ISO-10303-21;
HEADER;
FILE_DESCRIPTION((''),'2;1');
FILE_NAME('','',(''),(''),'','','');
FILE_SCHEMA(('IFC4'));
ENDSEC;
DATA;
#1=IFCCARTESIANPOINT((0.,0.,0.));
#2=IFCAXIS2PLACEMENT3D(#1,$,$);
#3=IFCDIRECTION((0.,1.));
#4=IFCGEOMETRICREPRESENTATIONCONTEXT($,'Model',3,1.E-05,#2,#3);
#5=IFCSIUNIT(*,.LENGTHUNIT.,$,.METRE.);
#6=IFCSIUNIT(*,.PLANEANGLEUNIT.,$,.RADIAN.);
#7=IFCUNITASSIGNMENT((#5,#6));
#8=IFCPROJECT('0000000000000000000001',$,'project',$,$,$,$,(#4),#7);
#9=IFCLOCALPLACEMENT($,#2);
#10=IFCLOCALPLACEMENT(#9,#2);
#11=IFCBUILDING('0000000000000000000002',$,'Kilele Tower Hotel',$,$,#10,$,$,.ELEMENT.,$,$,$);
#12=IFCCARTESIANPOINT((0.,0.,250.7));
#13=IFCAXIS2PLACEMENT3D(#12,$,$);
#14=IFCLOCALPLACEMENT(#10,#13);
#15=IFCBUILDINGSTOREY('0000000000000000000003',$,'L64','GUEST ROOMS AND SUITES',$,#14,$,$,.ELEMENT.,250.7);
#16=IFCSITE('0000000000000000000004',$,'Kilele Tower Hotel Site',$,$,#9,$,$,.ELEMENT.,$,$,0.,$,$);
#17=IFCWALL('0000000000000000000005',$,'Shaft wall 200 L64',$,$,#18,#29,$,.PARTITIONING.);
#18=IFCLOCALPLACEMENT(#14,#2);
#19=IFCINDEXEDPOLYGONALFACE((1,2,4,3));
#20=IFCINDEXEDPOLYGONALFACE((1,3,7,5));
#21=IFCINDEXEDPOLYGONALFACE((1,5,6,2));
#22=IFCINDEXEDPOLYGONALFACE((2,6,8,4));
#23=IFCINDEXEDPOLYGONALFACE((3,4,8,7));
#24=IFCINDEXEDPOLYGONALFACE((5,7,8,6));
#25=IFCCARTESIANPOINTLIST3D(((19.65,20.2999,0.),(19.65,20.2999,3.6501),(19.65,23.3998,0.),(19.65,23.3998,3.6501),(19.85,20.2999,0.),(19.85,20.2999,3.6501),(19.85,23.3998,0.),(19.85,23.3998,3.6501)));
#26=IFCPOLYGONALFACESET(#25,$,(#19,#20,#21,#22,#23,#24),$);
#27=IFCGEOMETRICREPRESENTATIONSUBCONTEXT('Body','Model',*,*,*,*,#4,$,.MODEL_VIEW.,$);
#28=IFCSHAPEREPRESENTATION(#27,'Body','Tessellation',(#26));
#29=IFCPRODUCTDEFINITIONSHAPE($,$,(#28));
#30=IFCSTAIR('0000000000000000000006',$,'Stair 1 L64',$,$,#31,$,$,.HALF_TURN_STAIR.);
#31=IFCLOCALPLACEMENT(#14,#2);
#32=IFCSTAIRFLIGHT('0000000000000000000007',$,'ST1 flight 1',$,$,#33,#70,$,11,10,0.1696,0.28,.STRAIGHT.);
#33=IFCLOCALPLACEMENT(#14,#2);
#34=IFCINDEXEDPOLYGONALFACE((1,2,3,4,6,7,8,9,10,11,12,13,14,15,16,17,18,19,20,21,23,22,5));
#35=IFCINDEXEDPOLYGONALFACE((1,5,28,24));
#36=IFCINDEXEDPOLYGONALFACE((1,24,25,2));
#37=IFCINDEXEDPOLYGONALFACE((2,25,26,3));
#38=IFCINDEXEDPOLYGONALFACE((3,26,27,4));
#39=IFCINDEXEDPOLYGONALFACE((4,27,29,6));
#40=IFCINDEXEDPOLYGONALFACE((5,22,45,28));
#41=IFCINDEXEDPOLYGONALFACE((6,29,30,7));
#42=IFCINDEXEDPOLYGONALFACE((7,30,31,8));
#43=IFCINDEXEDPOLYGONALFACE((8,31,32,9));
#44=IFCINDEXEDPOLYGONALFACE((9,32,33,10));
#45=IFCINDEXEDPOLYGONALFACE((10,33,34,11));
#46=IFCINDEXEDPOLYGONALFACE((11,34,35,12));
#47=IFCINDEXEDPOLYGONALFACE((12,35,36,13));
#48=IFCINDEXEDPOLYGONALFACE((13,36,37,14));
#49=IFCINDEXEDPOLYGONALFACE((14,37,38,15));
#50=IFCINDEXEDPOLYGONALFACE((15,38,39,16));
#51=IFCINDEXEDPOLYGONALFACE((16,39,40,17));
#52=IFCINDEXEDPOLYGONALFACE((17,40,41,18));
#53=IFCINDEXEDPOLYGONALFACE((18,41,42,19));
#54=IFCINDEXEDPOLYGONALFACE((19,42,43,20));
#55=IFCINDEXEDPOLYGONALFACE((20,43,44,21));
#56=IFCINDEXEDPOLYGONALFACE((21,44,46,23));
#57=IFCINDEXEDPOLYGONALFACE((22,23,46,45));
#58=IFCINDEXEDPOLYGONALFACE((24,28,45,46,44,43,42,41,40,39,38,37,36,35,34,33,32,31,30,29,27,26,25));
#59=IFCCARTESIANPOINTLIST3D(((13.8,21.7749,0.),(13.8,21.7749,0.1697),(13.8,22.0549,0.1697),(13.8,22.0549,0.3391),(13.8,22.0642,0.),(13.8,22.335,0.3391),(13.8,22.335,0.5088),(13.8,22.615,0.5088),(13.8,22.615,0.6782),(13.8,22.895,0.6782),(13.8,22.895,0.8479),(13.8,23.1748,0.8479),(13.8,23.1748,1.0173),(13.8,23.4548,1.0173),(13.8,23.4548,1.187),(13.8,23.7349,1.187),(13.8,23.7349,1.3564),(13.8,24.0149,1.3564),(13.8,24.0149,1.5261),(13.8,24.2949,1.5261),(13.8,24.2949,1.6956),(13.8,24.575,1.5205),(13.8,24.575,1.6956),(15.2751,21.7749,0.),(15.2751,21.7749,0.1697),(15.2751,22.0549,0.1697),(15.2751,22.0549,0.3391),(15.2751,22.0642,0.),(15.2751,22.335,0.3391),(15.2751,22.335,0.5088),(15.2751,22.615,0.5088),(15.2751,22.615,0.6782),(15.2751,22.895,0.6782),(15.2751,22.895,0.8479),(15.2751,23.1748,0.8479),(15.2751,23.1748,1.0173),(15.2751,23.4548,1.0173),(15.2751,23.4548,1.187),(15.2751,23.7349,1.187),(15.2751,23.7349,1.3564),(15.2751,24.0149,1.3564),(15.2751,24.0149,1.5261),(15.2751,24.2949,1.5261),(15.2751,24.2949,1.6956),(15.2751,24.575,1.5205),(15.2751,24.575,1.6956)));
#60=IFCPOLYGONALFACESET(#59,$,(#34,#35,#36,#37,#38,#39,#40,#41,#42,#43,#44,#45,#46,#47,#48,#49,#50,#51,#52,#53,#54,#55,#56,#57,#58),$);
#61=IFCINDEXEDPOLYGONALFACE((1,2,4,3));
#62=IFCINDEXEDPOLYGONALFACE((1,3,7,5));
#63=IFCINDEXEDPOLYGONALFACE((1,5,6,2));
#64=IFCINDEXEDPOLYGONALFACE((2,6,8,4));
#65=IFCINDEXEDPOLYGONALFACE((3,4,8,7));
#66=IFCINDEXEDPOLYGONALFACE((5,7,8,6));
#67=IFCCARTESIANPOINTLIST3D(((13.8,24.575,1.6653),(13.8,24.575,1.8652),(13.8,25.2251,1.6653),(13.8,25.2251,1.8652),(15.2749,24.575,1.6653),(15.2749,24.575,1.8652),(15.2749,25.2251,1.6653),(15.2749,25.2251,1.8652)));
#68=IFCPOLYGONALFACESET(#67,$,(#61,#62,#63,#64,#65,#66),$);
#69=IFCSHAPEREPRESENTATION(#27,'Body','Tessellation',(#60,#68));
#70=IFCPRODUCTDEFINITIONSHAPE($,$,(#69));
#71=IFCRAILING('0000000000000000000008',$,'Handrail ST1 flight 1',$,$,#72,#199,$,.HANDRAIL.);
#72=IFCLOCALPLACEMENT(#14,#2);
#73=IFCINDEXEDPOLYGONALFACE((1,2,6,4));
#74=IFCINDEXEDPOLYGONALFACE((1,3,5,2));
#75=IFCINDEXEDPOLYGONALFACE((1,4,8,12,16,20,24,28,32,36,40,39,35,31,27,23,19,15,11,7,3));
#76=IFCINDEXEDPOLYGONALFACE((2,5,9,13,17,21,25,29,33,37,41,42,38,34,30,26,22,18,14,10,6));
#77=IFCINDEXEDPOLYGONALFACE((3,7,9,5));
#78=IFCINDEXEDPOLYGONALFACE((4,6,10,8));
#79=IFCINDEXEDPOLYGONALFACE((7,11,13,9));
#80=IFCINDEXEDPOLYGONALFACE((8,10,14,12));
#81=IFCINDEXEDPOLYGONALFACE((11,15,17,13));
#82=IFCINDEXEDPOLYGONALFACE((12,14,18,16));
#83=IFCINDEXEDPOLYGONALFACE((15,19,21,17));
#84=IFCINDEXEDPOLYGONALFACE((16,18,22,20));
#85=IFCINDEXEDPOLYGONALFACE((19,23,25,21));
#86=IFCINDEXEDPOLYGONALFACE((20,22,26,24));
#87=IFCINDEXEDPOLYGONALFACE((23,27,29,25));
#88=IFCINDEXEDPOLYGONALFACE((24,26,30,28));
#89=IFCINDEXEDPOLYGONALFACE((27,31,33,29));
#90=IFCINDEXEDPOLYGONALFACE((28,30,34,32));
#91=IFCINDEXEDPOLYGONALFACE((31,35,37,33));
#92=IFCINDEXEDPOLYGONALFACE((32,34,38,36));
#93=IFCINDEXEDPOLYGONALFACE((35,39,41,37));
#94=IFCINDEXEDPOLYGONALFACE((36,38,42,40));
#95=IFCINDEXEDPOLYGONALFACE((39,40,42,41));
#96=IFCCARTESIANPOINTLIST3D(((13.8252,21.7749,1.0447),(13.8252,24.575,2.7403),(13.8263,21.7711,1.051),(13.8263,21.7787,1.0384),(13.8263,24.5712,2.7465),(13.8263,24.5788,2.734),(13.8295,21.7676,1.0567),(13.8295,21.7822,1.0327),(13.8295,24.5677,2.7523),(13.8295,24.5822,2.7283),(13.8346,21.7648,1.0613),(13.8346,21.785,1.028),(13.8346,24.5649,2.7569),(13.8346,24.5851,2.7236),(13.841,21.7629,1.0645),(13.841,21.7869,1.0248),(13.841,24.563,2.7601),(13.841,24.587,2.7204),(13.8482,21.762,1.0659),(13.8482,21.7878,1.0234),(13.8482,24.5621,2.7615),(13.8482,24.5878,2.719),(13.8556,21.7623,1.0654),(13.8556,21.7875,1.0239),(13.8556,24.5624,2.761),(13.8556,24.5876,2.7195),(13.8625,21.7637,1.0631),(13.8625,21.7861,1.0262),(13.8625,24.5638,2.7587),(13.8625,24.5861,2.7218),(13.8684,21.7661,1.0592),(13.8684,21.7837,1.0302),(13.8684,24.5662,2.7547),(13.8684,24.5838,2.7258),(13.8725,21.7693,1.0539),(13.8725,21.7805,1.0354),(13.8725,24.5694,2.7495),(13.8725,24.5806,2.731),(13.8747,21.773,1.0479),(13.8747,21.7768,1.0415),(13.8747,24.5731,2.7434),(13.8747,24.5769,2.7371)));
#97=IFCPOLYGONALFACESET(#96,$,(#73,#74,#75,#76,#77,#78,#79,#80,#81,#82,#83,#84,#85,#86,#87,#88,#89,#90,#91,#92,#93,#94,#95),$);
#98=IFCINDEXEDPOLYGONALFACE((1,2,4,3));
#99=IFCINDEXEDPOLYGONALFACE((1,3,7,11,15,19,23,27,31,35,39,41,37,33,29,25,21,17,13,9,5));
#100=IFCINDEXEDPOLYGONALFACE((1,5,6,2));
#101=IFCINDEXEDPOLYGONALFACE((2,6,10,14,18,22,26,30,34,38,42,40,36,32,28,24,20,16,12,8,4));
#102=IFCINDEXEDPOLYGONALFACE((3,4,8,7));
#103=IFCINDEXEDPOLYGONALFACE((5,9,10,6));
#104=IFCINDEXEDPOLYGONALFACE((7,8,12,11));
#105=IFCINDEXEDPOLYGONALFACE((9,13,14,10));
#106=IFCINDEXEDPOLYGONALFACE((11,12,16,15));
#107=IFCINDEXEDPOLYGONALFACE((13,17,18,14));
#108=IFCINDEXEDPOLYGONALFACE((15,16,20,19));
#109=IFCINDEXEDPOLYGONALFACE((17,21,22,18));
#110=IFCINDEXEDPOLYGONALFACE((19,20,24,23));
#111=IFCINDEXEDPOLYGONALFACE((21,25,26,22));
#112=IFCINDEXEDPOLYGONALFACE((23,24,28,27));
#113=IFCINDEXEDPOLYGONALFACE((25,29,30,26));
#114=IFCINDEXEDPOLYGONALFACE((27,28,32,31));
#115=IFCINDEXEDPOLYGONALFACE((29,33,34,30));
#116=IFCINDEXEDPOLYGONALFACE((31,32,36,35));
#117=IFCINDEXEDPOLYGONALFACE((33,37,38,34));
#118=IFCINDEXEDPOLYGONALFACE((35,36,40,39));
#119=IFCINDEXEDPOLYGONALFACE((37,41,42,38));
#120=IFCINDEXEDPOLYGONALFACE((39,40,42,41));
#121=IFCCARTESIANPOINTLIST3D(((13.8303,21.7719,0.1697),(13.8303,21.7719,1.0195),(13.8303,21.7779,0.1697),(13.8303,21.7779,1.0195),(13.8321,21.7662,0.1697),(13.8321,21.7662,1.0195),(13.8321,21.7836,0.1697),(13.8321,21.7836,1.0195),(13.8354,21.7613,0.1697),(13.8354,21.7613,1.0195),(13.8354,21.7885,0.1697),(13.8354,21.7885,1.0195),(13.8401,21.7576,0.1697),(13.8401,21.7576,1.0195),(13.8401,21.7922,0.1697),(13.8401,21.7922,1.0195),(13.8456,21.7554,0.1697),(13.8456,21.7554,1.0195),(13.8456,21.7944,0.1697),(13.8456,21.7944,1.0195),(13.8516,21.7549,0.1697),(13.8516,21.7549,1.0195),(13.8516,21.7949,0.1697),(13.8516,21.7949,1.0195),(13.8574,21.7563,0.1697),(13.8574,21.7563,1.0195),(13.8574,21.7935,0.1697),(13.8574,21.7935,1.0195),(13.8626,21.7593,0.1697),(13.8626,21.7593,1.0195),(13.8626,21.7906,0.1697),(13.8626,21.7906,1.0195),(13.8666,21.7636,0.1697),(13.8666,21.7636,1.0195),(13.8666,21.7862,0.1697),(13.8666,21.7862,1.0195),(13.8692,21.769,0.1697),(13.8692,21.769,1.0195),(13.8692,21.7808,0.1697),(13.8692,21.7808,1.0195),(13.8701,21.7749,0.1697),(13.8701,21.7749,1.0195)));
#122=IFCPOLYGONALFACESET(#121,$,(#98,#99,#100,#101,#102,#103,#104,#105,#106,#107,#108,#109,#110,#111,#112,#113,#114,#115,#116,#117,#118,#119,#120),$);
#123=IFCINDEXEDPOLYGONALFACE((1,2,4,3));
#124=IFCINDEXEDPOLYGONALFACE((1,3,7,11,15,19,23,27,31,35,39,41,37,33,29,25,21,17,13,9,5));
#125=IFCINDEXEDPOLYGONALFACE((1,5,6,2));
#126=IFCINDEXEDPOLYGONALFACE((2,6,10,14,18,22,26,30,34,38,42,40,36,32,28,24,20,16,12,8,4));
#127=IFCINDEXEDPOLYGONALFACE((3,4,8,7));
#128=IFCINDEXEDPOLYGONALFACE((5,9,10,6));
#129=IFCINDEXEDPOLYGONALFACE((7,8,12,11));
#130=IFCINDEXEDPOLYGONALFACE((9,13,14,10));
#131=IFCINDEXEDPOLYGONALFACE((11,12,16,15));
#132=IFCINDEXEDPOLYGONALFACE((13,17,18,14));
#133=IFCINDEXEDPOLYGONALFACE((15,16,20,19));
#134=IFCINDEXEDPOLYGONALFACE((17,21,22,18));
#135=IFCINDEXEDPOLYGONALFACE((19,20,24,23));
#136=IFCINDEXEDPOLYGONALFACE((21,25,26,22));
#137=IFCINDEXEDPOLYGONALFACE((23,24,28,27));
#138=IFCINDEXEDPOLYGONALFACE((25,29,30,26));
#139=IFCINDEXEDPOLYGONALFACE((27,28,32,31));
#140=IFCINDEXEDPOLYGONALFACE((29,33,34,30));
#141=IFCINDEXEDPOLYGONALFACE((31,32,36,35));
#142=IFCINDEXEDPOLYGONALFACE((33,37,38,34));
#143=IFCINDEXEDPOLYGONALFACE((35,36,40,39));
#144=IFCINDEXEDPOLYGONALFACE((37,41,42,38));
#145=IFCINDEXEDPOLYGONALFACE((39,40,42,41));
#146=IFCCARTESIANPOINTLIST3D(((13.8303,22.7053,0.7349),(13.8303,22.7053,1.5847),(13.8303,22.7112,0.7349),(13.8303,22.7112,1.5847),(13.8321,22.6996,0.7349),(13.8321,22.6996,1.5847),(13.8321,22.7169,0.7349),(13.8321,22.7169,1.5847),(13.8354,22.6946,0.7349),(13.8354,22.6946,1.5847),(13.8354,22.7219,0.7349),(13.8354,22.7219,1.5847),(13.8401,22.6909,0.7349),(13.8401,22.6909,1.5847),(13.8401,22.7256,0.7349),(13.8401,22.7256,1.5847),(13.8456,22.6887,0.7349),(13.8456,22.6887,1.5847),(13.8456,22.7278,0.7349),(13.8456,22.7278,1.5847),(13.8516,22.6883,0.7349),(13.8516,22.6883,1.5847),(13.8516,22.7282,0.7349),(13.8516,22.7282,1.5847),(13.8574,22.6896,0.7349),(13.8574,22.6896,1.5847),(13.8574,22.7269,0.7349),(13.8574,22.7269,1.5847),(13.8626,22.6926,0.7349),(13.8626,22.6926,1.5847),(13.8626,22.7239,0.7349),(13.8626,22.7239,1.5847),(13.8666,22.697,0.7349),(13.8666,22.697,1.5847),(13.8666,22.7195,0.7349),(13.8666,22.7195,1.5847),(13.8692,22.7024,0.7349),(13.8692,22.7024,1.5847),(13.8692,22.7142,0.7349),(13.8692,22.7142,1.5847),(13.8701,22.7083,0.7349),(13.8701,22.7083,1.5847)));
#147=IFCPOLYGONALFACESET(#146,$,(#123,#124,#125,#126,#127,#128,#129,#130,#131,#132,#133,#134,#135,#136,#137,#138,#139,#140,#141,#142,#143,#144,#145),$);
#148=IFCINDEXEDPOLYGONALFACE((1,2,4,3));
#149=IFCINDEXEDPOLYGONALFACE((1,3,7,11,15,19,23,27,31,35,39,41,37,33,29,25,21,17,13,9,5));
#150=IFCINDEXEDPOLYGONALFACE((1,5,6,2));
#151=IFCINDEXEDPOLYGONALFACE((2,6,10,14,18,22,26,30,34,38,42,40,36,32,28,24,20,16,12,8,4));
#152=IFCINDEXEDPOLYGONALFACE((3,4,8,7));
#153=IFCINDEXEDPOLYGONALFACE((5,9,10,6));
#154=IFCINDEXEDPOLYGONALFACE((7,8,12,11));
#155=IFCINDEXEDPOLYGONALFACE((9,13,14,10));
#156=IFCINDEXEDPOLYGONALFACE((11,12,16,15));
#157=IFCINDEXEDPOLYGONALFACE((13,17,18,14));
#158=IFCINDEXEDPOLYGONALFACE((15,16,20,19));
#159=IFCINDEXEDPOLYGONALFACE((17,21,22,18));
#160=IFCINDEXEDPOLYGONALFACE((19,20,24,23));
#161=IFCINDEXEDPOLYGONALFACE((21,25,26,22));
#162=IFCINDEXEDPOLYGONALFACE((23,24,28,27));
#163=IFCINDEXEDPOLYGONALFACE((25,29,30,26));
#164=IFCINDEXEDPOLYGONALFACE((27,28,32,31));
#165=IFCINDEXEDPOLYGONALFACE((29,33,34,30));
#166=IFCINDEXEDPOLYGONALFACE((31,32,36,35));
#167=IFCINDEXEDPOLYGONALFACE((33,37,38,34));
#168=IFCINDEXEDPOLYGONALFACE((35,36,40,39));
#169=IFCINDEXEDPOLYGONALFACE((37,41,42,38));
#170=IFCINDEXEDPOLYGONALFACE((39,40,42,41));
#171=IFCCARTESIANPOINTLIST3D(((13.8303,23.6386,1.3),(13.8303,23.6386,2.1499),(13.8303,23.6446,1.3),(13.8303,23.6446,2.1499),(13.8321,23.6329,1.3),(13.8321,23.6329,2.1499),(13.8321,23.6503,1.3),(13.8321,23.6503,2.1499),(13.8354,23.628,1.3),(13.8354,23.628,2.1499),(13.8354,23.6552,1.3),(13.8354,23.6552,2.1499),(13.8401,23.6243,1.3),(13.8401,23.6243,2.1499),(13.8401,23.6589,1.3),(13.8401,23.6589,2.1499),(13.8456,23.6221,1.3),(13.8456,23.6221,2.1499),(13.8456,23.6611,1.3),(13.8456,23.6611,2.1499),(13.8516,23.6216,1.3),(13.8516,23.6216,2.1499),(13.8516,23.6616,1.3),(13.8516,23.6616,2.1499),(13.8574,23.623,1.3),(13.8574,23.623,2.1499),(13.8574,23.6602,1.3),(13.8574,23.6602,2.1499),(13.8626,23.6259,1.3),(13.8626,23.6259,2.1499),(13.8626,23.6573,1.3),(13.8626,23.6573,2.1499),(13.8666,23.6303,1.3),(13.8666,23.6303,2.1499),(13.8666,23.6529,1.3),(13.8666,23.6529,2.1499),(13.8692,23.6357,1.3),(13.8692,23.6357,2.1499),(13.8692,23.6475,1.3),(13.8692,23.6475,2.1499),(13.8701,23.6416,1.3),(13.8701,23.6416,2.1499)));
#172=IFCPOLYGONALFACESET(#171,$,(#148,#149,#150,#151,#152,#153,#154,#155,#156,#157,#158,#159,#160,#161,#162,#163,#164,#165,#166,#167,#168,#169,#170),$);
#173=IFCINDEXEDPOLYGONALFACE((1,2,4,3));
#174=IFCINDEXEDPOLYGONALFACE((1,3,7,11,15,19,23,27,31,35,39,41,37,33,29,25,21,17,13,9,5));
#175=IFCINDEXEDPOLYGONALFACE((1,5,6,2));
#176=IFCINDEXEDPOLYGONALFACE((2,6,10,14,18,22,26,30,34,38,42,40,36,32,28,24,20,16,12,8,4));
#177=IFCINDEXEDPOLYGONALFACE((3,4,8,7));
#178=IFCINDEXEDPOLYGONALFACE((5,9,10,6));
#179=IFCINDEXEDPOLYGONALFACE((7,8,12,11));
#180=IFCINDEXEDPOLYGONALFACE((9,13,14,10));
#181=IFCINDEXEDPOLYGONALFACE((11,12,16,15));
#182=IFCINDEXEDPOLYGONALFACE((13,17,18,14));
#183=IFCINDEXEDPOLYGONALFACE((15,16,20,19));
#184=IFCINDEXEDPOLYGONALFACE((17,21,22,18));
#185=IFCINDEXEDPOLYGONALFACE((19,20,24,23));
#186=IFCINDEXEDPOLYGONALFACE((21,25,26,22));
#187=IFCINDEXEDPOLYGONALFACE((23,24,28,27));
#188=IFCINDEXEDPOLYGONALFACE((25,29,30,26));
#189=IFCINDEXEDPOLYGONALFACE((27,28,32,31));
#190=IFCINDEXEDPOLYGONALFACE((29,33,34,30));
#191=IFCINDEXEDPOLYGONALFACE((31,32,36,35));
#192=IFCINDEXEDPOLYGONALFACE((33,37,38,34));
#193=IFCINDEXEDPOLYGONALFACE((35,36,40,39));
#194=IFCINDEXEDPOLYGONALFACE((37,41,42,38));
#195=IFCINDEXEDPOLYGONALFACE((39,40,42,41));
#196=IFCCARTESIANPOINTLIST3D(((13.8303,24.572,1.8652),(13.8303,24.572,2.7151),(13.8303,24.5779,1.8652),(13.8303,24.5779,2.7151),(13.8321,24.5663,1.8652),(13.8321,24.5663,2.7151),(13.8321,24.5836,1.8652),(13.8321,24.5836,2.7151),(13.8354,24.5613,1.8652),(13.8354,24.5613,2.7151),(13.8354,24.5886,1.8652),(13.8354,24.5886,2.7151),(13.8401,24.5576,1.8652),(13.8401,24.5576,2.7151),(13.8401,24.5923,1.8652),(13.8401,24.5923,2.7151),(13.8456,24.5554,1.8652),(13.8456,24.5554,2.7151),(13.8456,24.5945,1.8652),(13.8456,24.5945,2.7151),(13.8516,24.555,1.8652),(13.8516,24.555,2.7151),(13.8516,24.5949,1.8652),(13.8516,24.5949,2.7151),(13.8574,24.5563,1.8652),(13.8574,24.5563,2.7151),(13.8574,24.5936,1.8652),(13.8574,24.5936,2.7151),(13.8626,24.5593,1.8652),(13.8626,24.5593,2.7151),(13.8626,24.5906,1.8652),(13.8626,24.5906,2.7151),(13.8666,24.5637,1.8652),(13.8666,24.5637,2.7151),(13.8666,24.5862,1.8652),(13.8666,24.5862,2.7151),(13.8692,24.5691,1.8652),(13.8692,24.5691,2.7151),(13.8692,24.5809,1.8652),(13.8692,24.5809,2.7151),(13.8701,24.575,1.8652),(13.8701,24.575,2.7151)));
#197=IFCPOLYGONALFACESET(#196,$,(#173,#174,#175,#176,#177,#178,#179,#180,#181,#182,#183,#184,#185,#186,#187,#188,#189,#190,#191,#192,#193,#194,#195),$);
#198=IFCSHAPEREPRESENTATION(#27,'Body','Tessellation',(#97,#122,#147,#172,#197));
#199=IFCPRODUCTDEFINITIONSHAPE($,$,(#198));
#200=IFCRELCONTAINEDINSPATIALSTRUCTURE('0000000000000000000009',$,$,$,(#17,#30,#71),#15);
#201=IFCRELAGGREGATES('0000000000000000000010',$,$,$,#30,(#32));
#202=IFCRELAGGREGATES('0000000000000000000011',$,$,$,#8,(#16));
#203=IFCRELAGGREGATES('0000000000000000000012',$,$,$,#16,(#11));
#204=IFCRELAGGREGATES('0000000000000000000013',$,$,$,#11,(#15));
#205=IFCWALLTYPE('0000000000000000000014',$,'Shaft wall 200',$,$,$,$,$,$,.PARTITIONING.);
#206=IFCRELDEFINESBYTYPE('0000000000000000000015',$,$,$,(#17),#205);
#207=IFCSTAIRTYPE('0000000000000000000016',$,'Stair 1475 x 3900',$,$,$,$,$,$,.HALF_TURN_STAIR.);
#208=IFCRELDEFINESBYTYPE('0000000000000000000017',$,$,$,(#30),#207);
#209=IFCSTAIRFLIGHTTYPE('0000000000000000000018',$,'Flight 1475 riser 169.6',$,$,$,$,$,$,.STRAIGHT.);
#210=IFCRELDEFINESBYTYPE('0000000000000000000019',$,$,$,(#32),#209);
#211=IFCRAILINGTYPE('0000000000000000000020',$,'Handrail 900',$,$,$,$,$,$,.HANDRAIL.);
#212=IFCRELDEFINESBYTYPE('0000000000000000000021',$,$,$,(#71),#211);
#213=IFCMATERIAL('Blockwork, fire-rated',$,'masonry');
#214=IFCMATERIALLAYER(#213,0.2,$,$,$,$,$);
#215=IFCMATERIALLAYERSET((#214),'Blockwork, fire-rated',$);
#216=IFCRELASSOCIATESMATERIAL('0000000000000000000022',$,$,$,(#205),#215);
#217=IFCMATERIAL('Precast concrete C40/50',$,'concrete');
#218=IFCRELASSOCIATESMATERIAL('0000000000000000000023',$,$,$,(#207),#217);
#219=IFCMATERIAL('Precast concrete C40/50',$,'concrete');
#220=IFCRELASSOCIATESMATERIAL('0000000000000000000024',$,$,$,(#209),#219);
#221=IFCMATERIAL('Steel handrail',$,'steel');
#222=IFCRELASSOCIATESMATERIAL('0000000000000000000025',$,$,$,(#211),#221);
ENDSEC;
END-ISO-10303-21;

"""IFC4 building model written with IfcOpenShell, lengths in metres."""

from ifc_helpers import new_model, si_unit, direction, frame, frame_2d, origin, origin_2d, place, context, subcontext, project, spatial, polyline, rectangle, circle, outline, extrude, material, layer, layer_set, type_object, element, aggregate, save


model = new_model("IFC4")

# Units and contexts
model_context = context("Model", 3, precision=1e-05, world=origin(), true_north=direction((0.0, 1.0)))
body_context = subcontext(model_context, "Body", "Model", "MODEL_VIEW")
ifc_project = project(units=[si_unit("LENGTHUNIT", "METRE"), si_unit("PLANEANGLEUNIT", "RADIAN")], contexts=[model_context])

# Site, building, storey
site_placement = place(None, origin())
site = spatial("IfcSite", under=ifc_project, at=site_placement, Name="Kilele Tower Hotel Site", CompositionType="ELEMENT", RefElevation=0.0)
building_placement = place(site_placement, origin())
building = spatial("IfcBuilding", under=site, at=building_placement, Name="Kilele Tower Hotel", CompositionType="ELEMENT")
storey_placement = place(building_placement, frame((0.0, 0.0, 250.7)))
storey = spatial("IfcBuildingStorey", under=building, at=storey_placement, Name="L64", Description="GUEST ROOMS AND SUITES", CompositionType="ELEMENT", Elevation=250.7)

# Wall
ifc_material_1 = material(Name="Blockwork, fire-rated", Category="masonry")
ifc_layer_1 = layer(ifc_material_1, 0.2)
ifc_layer_set_1 = layer_set([ifc_layer_1], Name="Blockwork, fire-rated")
wall_type_1 = type_object("IfcWallType", Name="Shaft wall 200", PredefinedType="PARTITIONING", material=ifc_layer_set_1)
wall_1_placement = place(storey_placement, frame((19.75, 20.3, 0.0), z_axis=(0.0, 0.0, 1.0), x_axis=(0.0, 1.0, 0.0)))
element("IfcWall", 1, at=wall_1_placement, inside=storey, type_object=wall_type_1, Name="Shaft wall 200 L64", PredefinedType="PARTITIONING", context=body_context, shape_type="SweptSolid", body=[
    extrude(rectangle(XDim=3.0999, YDim=0.2, at=frame_2d((1.5498, 0.0))), origin(), (0.0, 0.0, 1.0), 3.6501),
])

# Stair, stair flight
ifc_material_2 = material(Name="Precast concrete C40/50", Category="concrete")
stair_type = type_object("IfcStairType", Name="Stair 1475 x 3900", PredefinedType="HALF_TURN_STAIR", material=ifc_material_2)
stair_placement = place(storey_placement, origin())
stair = element("IfcStair", 2, at=stair_placement, inside=storey, type_object=stair_type, Name="Stair 1 L64", PredefinedType="HALF_TURN_STAIR")
ifc_material_3 = material(Name="Precast concrete C40/50", Category="concrete")
stair_flight_type = type_object("IfcStairFlightType", Name="Flight 1475 riser 169.6", PredefinedType="STRAIGHT", material=ifc_material_3)
stair_flight_placement = place(storey_placement, frame((14.5376, 21.7749, 0.0), z_axis=(0.0, 0.0, 1.0), x_axis=(0.0, 1.0, 0.0)))
stair_flight = element("IfcStairFlight", 3, at=stair_flight_placement, type_object=stair_flight_type, Name="ST1 flight 1", NumberOfRisers=11, NumberOfTreads=10, PredefinedType="STRAIGHT", RiserHeight=0.1696, TreadLength=0.28, context=body_context, shape_type="SweptSolid", body=[
    extrude(outline(polyline([(0.0, 0.0), (0.0, 0.1697), (0.28, 0.1697), (0.28, 0.3391), (0.5601, 0.3391), (0.5601, 0.5088), (0.8401, 0.5088), (0.8401, 0.6782), (1.1201, 0.6782), (1.1201, 0.8479), (1.3999, 0.8479), (1.3999, 1.0173), (1.6799, 1.0173), (1.6799, 1.187), (1.96, 1.187), (1.96, 1.3564), (2.24, 1.3564), (2.24, 1.5261), (2.52, 1.5261), (2.52, 1.6956), (2.8, 1.6956), (2.8, 1.8652), (2.8, 1.5205), (0.2893, 0.0), (0.0, 0.0)])), frame((0.0, 0.7375, 0.0), z_axis=(0.0, -1.0, 0.0), x_axis=(1.0, 0.0, 0.0)), (0.0, 0.0, 1.0), 1.4751),
    extrude(outline(polyline([(2.8, 0.7375), (2.8, -0.7373), (3.4502, -0.7373), (3.4502, 0.7375), (2.8, 0.7375)])), frame((0.0, 0.0, 1.6653)), (0.0, 0.0, 1.0), 0.2),
])
aggregate(stair, [stair_flight])

# Railing
ifc_material_4 = material(Name="Steel handrail", Category="steel")
railing_type_1 = type_object("IfcRailingType", Name="Handrail 900", PredefinedType="HANDRAIL", material=ifc_material_4)
for number, where, name in (
    (4, (13.8501, 21.7749, 0.1697), "Handrail ST1 flight 1"),
):
    element("IfcRailing", number, at=place(storey_placement, frame(where)), inside=storey, type_object=railing_type_1, Name=name, PredefinedType="HANDRAIL", context=body_context, shape_type="SweptSolid", body=[
        extrude(circle(Radius=0.0249, at=origin_2d()), frame((0.0, 0.0, 0.875), z_axis=(0.0, 0.855393, 0.517979), x_axis=(-1.0, 0.0, 0.0)), (0.0, 0.0, 1.0), 3.2734),
        extrude(circle(Radius=0.02, at=origin_2d()), origin(), (0.0, 0.0, 1.0), 0.8499),
        extrude(circle(Radius=0.02, at=origin_2d()), frame((0.0, 0.9333, 0.5652)), (0.0, 0.0, 1.0), 0.8499),
        extrude(circle(Radius=0.02, at=origin_2d()), frame((0.0, 1.8667, 1.1304)), (0.0, 0.0, 1.0), 0.8499),
        extrude(circle(Radius=0.02, at=origin_2d()), frame((0.0, 2.8, 1.6956)), (0.0, 0.0, 1.0), 0.8499),
    ])

save(model, "model.ifc")
